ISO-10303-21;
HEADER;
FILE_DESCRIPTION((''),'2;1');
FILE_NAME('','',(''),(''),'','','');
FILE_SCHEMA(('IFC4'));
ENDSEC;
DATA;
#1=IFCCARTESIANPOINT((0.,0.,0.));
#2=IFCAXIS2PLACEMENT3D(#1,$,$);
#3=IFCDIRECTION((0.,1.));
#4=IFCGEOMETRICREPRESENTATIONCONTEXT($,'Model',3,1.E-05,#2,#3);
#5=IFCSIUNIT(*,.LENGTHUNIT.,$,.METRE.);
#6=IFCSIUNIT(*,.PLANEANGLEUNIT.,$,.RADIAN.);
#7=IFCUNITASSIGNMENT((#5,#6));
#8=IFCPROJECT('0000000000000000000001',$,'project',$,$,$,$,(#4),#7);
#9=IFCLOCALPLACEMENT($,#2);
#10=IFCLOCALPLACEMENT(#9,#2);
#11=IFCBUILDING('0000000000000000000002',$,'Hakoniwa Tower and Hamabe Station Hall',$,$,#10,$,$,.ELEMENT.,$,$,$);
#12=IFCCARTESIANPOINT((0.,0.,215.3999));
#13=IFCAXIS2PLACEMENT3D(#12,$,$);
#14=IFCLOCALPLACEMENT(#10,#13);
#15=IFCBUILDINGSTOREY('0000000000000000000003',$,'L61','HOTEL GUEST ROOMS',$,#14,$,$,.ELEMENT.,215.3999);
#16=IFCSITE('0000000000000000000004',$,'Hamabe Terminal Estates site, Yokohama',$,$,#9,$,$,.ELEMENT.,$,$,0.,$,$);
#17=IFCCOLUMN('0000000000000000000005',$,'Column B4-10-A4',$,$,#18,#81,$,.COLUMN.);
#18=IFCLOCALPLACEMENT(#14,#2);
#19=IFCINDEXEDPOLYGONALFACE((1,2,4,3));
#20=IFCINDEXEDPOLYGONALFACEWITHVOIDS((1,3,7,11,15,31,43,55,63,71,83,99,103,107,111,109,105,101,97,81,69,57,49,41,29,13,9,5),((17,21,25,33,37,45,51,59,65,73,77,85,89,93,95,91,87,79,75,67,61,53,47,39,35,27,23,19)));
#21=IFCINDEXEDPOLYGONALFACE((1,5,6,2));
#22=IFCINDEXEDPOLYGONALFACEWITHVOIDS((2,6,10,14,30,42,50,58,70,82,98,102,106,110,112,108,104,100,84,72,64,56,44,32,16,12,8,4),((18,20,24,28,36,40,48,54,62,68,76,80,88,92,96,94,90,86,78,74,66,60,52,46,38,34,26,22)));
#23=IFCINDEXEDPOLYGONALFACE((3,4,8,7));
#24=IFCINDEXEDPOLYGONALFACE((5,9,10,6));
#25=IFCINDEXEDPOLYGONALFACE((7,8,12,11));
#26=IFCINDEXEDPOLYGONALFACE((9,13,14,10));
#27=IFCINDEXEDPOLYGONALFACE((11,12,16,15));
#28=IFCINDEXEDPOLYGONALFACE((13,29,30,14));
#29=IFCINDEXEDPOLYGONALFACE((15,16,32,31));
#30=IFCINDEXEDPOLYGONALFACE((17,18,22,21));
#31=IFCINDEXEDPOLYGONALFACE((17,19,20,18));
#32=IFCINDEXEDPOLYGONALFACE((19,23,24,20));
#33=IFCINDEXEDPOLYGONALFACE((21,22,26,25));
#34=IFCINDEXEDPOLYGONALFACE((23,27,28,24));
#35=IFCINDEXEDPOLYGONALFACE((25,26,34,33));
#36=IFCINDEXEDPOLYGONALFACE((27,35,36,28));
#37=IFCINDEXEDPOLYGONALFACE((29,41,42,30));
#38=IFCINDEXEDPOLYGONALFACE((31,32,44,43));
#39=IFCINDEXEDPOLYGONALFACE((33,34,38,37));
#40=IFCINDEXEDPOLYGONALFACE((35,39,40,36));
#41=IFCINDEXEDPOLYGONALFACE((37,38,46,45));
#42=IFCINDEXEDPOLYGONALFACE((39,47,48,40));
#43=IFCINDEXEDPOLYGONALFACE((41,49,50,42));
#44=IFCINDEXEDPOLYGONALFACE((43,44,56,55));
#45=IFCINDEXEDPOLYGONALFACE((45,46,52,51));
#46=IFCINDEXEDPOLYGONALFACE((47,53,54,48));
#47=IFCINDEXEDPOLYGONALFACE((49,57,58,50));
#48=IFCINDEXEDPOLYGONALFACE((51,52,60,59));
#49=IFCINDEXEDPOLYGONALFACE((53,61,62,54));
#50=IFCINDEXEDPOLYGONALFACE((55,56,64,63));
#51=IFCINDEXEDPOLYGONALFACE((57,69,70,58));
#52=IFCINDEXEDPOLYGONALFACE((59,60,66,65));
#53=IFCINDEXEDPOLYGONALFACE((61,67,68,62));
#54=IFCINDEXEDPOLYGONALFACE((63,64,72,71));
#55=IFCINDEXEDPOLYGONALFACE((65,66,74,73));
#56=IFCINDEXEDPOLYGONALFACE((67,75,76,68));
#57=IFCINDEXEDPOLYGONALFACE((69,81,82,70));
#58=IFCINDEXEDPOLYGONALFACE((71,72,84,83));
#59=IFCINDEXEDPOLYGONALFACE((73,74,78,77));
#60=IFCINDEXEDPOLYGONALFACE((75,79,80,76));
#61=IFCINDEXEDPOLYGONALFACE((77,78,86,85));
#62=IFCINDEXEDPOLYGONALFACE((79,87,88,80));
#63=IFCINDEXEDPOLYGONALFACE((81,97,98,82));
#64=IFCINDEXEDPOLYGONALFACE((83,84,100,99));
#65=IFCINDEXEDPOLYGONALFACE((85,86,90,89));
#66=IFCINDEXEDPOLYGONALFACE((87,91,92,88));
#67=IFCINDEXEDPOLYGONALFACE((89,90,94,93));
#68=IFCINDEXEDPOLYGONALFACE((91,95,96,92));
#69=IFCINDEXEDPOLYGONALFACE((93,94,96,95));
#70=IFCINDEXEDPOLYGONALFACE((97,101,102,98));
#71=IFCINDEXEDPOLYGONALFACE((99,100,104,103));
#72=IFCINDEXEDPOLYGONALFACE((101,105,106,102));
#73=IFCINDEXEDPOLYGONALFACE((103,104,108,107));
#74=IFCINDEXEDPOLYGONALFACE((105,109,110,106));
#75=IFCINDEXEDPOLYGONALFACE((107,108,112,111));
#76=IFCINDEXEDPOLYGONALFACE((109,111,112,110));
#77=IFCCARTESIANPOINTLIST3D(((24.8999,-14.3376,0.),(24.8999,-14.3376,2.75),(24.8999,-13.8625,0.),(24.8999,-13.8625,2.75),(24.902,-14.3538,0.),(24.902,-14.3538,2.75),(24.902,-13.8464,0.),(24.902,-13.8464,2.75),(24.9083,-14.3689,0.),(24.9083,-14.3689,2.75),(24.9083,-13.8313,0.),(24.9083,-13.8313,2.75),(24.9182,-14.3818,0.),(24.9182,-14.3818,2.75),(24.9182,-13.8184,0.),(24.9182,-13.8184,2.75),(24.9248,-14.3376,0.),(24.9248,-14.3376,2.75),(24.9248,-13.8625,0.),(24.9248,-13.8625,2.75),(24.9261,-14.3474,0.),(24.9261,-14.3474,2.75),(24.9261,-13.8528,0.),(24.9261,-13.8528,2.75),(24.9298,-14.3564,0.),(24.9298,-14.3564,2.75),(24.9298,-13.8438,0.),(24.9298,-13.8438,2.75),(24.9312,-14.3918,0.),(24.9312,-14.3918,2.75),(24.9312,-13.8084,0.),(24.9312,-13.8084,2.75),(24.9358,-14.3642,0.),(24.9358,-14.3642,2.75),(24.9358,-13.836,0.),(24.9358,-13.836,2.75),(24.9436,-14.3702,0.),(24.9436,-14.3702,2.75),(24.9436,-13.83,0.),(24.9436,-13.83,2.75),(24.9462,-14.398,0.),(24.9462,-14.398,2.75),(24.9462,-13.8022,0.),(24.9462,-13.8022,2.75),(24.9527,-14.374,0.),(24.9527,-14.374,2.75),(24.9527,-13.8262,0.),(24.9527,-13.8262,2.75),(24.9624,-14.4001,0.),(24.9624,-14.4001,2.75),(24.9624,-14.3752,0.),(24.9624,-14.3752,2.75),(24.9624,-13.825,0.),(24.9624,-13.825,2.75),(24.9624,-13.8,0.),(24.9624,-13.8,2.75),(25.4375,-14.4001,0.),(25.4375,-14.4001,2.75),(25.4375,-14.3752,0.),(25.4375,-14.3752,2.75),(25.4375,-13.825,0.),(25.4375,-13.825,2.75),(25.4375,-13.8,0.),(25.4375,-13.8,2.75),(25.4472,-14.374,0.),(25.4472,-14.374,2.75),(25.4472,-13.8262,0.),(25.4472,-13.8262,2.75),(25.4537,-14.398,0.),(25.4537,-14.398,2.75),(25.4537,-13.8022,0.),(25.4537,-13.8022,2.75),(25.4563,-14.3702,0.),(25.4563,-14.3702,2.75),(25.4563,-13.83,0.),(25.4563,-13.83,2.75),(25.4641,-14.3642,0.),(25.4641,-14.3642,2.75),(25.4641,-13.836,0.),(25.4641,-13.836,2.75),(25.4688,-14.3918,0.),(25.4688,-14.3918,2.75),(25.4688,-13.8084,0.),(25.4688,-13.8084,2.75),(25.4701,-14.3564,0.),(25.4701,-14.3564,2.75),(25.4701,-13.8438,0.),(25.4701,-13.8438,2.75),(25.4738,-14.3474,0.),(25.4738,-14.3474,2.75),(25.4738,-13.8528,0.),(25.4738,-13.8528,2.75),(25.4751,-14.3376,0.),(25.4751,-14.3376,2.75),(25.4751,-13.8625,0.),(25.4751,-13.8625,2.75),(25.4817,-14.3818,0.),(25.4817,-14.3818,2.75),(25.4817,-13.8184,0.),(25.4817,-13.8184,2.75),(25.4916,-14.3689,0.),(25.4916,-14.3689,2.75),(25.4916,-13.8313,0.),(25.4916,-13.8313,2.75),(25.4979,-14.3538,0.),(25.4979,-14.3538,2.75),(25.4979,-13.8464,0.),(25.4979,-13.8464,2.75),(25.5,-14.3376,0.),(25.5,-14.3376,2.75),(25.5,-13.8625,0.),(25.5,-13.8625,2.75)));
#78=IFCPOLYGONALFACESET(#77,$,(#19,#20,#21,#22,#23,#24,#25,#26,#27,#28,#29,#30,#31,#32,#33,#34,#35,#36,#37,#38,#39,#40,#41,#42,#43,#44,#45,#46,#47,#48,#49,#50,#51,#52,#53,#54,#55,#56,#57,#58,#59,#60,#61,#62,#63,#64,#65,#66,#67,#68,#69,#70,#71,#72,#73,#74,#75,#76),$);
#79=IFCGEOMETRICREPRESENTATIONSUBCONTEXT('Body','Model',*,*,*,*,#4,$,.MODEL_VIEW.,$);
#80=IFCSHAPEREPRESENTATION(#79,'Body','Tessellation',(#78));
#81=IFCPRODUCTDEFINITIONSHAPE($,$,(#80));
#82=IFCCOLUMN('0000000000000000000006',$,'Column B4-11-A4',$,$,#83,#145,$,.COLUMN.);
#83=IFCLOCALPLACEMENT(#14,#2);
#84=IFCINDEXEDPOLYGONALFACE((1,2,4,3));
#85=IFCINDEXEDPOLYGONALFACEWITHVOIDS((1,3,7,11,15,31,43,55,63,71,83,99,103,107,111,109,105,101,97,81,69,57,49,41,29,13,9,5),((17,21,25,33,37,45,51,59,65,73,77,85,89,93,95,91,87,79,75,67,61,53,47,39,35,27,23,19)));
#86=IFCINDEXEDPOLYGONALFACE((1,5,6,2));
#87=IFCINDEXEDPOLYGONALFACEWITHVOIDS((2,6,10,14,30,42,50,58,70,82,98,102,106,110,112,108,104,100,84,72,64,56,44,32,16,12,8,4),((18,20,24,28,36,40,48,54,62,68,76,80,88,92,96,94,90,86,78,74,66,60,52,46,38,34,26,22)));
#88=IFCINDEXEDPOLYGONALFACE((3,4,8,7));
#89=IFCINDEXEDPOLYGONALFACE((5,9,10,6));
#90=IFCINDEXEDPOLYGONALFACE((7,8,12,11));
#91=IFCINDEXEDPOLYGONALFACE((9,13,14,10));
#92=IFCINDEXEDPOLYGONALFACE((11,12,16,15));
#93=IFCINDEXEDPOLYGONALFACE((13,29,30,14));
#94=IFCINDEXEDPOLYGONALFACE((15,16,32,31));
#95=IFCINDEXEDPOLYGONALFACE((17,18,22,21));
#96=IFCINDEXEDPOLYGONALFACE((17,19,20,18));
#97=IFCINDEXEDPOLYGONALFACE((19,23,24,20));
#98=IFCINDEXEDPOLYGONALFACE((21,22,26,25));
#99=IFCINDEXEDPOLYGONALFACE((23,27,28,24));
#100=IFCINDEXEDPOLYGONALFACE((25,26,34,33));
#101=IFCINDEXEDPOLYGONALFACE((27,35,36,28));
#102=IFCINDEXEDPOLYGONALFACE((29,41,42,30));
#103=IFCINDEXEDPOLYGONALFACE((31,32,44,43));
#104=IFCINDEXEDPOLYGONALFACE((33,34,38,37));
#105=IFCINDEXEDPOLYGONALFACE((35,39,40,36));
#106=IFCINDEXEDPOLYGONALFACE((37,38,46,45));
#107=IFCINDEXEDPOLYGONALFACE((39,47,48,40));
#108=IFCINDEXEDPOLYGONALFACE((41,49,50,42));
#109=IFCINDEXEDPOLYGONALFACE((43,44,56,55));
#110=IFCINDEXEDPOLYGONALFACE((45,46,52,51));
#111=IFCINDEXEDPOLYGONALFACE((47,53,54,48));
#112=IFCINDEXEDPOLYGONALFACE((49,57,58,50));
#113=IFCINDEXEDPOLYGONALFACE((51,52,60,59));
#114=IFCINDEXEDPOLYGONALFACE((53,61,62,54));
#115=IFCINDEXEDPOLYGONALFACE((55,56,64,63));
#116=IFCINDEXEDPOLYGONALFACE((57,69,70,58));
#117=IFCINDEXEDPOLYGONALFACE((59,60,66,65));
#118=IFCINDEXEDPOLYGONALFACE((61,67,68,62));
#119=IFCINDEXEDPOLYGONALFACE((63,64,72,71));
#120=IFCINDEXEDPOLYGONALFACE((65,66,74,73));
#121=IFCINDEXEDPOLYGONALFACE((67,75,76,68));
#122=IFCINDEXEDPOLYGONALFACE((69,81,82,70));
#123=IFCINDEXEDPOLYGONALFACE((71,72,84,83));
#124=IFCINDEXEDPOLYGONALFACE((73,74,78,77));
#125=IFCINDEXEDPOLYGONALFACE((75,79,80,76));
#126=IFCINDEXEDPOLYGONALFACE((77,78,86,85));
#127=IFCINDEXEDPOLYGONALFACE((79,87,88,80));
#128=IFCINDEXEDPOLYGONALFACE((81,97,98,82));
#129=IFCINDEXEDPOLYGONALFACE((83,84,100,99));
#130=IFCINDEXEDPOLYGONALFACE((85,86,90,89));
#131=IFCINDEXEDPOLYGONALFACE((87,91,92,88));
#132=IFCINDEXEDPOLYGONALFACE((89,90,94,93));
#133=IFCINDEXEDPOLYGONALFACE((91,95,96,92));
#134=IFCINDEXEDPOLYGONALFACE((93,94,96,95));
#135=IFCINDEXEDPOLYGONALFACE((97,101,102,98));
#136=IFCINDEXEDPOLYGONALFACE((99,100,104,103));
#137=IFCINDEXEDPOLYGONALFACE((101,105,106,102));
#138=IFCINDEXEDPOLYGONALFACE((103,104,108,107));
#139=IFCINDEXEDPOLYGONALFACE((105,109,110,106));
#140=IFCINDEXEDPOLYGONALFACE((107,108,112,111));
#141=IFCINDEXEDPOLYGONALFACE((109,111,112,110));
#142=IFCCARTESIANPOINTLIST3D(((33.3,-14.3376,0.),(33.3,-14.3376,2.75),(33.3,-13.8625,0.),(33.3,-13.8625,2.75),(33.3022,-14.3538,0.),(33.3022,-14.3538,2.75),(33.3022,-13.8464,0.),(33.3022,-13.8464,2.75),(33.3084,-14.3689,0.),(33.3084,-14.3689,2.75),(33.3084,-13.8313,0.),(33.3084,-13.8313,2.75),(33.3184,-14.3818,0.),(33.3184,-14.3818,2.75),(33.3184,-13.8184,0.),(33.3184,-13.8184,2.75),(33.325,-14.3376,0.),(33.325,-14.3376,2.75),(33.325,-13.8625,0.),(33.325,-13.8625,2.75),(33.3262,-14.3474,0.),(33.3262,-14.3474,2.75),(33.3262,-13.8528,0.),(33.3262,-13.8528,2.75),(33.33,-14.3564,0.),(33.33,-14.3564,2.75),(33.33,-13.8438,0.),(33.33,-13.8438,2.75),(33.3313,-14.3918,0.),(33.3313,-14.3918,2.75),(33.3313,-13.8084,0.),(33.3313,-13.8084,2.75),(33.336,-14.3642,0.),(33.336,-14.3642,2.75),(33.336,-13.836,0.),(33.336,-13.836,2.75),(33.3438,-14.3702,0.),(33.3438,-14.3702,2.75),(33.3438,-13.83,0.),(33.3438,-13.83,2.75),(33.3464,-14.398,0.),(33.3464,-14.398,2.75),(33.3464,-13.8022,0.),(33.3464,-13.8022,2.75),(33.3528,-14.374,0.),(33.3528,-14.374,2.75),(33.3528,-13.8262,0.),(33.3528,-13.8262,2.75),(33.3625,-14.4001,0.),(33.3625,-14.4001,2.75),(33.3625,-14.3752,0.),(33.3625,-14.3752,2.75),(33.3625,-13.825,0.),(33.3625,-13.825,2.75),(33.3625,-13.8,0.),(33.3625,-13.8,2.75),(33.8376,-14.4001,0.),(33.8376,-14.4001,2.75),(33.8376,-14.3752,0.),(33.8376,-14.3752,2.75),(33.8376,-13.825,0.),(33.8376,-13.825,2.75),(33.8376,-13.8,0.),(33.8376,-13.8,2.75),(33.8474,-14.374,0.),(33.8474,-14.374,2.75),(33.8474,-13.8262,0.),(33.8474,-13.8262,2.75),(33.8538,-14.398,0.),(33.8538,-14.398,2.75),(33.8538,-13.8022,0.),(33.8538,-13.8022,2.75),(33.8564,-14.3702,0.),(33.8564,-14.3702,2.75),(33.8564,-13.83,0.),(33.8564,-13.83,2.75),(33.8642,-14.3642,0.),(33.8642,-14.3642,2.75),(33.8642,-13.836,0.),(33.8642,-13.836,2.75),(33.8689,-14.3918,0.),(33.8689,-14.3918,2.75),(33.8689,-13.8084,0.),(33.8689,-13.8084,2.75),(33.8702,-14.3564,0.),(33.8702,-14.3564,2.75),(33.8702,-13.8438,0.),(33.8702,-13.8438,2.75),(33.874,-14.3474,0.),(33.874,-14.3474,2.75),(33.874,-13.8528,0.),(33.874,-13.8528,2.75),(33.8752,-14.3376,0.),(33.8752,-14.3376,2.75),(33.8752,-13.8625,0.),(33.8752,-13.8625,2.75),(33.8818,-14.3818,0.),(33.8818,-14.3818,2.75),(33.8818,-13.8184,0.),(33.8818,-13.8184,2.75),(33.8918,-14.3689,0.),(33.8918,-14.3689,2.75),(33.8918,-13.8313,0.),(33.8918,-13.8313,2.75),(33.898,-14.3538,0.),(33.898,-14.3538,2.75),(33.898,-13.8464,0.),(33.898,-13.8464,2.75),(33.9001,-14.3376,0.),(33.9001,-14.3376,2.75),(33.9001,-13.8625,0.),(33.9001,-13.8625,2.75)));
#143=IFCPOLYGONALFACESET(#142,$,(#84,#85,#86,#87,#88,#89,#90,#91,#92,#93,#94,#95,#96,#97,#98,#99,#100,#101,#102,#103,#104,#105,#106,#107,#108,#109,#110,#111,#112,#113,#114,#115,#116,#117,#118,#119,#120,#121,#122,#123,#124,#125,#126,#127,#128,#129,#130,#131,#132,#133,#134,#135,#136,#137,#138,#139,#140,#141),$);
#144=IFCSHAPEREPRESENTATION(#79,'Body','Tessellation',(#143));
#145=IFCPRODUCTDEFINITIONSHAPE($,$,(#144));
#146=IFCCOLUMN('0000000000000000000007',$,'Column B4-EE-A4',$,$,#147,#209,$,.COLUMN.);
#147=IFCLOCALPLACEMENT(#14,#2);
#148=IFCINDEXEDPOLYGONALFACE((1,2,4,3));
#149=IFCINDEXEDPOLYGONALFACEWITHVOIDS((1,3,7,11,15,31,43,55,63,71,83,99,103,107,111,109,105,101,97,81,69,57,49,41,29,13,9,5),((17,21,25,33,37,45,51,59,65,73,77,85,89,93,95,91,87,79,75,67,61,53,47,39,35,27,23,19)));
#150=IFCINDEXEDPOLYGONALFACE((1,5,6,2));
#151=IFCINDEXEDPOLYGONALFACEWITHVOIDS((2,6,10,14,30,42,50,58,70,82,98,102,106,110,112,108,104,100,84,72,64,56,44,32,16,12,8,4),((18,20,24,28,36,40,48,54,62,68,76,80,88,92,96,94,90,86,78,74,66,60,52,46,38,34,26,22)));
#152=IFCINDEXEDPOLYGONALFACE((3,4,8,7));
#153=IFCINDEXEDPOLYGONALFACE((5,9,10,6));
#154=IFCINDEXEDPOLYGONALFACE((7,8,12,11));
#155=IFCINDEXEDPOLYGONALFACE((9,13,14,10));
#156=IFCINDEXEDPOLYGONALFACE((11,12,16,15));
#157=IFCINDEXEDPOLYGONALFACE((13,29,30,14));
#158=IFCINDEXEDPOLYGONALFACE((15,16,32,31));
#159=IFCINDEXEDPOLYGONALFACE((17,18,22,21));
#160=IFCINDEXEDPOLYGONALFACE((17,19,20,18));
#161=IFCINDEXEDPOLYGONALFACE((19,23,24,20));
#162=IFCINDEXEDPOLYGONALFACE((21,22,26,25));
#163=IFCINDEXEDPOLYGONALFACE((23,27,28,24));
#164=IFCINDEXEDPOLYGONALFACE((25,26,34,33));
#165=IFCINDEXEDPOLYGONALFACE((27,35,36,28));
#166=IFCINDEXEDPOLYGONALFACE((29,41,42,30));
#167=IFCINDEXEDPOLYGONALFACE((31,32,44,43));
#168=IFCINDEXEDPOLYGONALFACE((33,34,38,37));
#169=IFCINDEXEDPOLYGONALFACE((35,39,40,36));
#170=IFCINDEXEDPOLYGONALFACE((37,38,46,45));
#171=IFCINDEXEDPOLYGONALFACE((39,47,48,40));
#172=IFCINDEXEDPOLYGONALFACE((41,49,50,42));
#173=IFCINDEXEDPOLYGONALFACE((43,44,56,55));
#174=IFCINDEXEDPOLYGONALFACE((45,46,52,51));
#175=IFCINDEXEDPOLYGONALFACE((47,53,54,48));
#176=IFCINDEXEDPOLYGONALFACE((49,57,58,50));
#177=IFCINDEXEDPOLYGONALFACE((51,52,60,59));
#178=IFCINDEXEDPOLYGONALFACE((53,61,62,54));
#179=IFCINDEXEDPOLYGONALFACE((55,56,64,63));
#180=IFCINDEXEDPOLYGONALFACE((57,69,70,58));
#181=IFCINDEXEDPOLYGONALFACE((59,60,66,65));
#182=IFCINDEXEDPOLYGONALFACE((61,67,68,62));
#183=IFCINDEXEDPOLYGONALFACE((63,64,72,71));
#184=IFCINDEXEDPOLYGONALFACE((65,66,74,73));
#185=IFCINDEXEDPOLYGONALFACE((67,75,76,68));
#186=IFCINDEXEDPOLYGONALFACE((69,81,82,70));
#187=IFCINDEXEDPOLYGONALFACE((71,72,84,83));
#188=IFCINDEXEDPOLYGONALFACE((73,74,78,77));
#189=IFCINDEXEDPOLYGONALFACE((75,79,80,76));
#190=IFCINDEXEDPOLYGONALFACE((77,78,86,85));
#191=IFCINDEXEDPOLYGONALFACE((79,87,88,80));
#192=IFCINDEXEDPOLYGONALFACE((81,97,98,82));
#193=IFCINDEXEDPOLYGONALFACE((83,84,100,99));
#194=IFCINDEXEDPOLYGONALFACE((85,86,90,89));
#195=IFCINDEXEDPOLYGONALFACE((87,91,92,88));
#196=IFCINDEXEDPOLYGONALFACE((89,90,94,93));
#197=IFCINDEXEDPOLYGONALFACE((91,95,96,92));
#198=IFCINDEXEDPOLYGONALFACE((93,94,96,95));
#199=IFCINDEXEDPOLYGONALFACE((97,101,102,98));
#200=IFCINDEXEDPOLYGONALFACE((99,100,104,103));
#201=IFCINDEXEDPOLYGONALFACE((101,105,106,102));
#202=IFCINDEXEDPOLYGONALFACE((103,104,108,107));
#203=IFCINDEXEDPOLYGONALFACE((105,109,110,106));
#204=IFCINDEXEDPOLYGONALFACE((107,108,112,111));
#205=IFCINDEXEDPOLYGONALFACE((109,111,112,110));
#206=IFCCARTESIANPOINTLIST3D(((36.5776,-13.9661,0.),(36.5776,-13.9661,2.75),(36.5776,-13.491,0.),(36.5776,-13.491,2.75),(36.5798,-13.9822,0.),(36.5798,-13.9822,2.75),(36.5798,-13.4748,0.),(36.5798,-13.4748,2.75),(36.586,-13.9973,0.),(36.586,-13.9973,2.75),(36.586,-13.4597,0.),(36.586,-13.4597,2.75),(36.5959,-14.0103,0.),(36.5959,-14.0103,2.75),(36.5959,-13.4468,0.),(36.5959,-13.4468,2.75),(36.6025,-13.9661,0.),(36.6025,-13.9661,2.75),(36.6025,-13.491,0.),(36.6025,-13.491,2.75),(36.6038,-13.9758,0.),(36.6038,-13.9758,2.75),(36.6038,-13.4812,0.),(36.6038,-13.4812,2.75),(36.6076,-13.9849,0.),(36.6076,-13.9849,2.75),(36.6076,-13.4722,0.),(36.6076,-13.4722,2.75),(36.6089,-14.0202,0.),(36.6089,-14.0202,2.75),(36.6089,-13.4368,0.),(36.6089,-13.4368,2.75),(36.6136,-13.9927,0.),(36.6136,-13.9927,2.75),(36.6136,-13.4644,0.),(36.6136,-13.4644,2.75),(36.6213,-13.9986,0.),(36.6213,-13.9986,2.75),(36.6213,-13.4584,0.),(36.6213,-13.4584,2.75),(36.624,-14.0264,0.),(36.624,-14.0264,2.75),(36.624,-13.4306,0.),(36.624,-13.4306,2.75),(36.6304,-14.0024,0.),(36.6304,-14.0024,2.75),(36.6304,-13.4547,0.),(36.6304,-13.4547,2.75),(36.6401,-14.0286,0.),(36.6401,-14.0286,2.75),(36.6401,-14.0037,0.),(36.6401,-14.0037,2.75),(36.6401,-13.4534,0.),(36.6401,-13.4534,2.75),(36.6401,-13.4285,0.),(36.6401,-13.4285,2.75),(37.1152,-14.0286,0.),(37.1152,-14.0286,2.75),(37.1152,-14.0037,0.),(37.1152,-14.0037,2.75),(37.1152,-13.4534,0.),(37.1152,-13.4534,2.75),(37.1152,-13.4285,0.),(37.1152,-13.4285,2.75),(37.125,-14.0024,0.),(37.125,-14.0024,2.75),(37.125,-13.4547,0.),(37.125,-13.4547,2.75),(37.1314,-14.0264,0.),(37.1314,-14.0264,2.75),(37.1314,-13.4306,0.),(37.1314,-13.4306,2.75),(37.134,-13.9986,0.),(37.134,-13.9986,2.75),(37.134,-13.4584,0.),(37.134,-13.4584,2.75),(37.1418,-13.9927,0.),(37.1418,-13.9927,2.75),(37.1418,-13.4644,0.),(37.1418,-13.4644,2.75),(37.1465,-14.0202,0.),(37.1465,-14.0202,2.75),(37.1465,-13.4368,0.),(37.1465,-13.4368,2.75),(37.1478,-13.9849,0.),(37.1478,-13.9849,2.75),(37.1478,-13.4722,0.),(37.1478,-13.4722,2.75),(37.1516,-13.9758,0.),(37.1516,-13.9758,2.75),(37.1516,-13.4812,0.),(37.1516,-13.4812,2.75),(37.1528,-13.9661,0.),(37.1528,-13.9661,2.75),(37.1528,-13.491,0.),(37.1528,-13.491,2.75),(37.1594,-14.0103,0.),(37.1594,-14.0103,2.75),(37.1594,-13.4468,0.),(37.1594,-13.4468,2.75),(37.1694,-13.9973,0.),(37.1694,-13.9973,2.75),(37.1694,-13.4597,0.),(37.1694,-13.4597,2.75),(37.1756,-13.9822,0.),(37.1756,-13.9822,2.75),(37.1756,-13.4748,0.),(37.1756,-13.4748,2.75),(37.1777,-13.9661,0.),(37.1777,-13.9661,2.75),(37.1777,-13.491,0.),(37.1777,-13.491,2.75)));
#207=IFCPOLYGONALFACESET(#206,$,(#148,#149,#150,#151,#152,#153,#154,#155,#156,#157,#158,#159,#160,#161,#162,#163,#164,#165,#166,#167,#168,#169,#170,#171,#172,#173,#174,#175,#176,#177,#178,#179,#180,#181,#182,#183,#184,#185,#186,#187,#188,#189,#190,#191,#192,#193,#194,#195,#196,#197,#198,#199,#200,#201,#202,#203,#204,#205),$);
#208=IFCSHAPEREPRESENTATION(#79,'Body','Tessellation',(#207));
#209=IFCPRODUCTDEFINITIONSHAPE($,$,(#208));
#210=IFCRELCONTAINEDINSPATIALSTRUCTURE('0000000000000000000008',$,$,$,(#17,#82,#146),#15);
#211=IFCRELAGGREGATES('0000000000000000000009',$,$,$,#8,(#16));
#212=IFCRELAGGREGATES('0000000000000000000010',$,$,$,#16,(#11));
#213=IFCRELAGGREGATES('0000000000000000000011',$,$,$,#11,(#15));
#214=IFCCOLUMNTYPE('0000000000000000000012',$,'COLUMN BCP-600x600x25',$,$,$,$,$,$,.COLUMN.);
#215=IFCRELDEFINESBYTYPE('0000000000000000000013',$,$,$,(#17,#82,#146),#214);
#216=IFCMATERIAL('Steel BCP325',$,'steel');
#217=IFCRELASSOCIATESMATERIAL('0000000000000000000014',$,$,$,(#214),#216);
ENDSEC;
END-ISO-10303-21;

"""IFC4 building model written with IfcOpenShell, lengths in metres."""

from ifc_helpers import new_model, si_unit, direction, frame, origin, origin_2d, place, context, subcontext, project, spatial, hollow_rectangle, extrude, material, material_profile, profile_set, type_object, element, save


model = new_model("IFC4")

# Units and contexts
model_context = context("Model", 3, precision=1e-05, world=origin(), true_north=direction((0.0, 1.0)))
body_context = subcontext(model_context, "Body", "Model", "MODEL_VIEW")
ifc_project = project(units=[si_unit("LENGTHUNIT", "METRE"), si_unit("PLANEANGLEUNIT", "RADIAN")], contexts=[model_context])

# Site, building, storey
site_placement = place(None, origin())
site = spatial("IfcSite", under=ifc_project, at=site_placement, Name="Hamabe Terminal Estates site, Yokohama", CompositionType="ELEMENT", RefElevation=0.0)
building_placement = place(site_placement, origin())
building = spatial("IfcBuilding", under=site, at=building_placement, Name="Hakoniwa Tower and Hamabe Station Hall", CompositionType="ELEMENT")
storey_placement = place(building_placement, frame((0.0, 0.0, 215.3999)))
storey = spatial("IfcBuildingStorey", under=building, at=storey_placement, Name="L61", Description="HOTEL GUEST ROOMS", CompositionType="ELEMENT", Elevation=215.3999)

# Columns
ifc_material_1 = material(Name="Steel BCP325", Category="steel")
ifc_material_profile_1 = material_profile(ifc_material_1, hollow_rectangle(XDim=0.6001, YDim=0.6001, WallThickness=0.0249, InnerFilletRadius=0.0376, OuterFilletRadius=0.0625, at=origin_2d()), Name="BCP-600x600x25")
ifc_profile_set_1 = profile_set([ifc_material_profile_1], Name="Steel BCP325")
column_type = type_object("IfcColumnType", Name="COLUMN BCP-600x600x25", PredefinedType="COLUMN", material=ifc_profile_set_1)
for number, where, z_axis, x_axis, name in (
    (1, (25.2, -14.1001, 0.0), (0.0, 0.0, 1.0), (1.0, 0.0, 0.0), "Column B4-10-A4"),
    (2, (33.6001, -14.1001, 0.0), (0.0, 0.0, 1.0), (1.0, 0.0, 0.0), "Column B4-11-A4"),
    (3, (36.8777, -13.7285, 0.0), (0.0, 0.0, 1.0), (1.0, 0.0, 0.0), "Column B4-EE-A4"),
):
    element("IfcColumn", number, at=place(storey_placement, frame(where, z_axis=z_axis, x_axis=x_axis)), inside=storey, type_object=column_type, Name=name, PredefinedType="COLUMN", context=body_context, shape_type="SweptSolid", body=[
        extrude(hollow_rectangle(XDim=0.6001, YDim=0.6001, WallThickness=0.0249, InnerFilletRadius=0.0376, OuterFilletRadius=0.0625, at=origin_2d()), origin(), (0.0, 0.0, 1.0), 2.75),
    ])

save(model, "model.ifc")
